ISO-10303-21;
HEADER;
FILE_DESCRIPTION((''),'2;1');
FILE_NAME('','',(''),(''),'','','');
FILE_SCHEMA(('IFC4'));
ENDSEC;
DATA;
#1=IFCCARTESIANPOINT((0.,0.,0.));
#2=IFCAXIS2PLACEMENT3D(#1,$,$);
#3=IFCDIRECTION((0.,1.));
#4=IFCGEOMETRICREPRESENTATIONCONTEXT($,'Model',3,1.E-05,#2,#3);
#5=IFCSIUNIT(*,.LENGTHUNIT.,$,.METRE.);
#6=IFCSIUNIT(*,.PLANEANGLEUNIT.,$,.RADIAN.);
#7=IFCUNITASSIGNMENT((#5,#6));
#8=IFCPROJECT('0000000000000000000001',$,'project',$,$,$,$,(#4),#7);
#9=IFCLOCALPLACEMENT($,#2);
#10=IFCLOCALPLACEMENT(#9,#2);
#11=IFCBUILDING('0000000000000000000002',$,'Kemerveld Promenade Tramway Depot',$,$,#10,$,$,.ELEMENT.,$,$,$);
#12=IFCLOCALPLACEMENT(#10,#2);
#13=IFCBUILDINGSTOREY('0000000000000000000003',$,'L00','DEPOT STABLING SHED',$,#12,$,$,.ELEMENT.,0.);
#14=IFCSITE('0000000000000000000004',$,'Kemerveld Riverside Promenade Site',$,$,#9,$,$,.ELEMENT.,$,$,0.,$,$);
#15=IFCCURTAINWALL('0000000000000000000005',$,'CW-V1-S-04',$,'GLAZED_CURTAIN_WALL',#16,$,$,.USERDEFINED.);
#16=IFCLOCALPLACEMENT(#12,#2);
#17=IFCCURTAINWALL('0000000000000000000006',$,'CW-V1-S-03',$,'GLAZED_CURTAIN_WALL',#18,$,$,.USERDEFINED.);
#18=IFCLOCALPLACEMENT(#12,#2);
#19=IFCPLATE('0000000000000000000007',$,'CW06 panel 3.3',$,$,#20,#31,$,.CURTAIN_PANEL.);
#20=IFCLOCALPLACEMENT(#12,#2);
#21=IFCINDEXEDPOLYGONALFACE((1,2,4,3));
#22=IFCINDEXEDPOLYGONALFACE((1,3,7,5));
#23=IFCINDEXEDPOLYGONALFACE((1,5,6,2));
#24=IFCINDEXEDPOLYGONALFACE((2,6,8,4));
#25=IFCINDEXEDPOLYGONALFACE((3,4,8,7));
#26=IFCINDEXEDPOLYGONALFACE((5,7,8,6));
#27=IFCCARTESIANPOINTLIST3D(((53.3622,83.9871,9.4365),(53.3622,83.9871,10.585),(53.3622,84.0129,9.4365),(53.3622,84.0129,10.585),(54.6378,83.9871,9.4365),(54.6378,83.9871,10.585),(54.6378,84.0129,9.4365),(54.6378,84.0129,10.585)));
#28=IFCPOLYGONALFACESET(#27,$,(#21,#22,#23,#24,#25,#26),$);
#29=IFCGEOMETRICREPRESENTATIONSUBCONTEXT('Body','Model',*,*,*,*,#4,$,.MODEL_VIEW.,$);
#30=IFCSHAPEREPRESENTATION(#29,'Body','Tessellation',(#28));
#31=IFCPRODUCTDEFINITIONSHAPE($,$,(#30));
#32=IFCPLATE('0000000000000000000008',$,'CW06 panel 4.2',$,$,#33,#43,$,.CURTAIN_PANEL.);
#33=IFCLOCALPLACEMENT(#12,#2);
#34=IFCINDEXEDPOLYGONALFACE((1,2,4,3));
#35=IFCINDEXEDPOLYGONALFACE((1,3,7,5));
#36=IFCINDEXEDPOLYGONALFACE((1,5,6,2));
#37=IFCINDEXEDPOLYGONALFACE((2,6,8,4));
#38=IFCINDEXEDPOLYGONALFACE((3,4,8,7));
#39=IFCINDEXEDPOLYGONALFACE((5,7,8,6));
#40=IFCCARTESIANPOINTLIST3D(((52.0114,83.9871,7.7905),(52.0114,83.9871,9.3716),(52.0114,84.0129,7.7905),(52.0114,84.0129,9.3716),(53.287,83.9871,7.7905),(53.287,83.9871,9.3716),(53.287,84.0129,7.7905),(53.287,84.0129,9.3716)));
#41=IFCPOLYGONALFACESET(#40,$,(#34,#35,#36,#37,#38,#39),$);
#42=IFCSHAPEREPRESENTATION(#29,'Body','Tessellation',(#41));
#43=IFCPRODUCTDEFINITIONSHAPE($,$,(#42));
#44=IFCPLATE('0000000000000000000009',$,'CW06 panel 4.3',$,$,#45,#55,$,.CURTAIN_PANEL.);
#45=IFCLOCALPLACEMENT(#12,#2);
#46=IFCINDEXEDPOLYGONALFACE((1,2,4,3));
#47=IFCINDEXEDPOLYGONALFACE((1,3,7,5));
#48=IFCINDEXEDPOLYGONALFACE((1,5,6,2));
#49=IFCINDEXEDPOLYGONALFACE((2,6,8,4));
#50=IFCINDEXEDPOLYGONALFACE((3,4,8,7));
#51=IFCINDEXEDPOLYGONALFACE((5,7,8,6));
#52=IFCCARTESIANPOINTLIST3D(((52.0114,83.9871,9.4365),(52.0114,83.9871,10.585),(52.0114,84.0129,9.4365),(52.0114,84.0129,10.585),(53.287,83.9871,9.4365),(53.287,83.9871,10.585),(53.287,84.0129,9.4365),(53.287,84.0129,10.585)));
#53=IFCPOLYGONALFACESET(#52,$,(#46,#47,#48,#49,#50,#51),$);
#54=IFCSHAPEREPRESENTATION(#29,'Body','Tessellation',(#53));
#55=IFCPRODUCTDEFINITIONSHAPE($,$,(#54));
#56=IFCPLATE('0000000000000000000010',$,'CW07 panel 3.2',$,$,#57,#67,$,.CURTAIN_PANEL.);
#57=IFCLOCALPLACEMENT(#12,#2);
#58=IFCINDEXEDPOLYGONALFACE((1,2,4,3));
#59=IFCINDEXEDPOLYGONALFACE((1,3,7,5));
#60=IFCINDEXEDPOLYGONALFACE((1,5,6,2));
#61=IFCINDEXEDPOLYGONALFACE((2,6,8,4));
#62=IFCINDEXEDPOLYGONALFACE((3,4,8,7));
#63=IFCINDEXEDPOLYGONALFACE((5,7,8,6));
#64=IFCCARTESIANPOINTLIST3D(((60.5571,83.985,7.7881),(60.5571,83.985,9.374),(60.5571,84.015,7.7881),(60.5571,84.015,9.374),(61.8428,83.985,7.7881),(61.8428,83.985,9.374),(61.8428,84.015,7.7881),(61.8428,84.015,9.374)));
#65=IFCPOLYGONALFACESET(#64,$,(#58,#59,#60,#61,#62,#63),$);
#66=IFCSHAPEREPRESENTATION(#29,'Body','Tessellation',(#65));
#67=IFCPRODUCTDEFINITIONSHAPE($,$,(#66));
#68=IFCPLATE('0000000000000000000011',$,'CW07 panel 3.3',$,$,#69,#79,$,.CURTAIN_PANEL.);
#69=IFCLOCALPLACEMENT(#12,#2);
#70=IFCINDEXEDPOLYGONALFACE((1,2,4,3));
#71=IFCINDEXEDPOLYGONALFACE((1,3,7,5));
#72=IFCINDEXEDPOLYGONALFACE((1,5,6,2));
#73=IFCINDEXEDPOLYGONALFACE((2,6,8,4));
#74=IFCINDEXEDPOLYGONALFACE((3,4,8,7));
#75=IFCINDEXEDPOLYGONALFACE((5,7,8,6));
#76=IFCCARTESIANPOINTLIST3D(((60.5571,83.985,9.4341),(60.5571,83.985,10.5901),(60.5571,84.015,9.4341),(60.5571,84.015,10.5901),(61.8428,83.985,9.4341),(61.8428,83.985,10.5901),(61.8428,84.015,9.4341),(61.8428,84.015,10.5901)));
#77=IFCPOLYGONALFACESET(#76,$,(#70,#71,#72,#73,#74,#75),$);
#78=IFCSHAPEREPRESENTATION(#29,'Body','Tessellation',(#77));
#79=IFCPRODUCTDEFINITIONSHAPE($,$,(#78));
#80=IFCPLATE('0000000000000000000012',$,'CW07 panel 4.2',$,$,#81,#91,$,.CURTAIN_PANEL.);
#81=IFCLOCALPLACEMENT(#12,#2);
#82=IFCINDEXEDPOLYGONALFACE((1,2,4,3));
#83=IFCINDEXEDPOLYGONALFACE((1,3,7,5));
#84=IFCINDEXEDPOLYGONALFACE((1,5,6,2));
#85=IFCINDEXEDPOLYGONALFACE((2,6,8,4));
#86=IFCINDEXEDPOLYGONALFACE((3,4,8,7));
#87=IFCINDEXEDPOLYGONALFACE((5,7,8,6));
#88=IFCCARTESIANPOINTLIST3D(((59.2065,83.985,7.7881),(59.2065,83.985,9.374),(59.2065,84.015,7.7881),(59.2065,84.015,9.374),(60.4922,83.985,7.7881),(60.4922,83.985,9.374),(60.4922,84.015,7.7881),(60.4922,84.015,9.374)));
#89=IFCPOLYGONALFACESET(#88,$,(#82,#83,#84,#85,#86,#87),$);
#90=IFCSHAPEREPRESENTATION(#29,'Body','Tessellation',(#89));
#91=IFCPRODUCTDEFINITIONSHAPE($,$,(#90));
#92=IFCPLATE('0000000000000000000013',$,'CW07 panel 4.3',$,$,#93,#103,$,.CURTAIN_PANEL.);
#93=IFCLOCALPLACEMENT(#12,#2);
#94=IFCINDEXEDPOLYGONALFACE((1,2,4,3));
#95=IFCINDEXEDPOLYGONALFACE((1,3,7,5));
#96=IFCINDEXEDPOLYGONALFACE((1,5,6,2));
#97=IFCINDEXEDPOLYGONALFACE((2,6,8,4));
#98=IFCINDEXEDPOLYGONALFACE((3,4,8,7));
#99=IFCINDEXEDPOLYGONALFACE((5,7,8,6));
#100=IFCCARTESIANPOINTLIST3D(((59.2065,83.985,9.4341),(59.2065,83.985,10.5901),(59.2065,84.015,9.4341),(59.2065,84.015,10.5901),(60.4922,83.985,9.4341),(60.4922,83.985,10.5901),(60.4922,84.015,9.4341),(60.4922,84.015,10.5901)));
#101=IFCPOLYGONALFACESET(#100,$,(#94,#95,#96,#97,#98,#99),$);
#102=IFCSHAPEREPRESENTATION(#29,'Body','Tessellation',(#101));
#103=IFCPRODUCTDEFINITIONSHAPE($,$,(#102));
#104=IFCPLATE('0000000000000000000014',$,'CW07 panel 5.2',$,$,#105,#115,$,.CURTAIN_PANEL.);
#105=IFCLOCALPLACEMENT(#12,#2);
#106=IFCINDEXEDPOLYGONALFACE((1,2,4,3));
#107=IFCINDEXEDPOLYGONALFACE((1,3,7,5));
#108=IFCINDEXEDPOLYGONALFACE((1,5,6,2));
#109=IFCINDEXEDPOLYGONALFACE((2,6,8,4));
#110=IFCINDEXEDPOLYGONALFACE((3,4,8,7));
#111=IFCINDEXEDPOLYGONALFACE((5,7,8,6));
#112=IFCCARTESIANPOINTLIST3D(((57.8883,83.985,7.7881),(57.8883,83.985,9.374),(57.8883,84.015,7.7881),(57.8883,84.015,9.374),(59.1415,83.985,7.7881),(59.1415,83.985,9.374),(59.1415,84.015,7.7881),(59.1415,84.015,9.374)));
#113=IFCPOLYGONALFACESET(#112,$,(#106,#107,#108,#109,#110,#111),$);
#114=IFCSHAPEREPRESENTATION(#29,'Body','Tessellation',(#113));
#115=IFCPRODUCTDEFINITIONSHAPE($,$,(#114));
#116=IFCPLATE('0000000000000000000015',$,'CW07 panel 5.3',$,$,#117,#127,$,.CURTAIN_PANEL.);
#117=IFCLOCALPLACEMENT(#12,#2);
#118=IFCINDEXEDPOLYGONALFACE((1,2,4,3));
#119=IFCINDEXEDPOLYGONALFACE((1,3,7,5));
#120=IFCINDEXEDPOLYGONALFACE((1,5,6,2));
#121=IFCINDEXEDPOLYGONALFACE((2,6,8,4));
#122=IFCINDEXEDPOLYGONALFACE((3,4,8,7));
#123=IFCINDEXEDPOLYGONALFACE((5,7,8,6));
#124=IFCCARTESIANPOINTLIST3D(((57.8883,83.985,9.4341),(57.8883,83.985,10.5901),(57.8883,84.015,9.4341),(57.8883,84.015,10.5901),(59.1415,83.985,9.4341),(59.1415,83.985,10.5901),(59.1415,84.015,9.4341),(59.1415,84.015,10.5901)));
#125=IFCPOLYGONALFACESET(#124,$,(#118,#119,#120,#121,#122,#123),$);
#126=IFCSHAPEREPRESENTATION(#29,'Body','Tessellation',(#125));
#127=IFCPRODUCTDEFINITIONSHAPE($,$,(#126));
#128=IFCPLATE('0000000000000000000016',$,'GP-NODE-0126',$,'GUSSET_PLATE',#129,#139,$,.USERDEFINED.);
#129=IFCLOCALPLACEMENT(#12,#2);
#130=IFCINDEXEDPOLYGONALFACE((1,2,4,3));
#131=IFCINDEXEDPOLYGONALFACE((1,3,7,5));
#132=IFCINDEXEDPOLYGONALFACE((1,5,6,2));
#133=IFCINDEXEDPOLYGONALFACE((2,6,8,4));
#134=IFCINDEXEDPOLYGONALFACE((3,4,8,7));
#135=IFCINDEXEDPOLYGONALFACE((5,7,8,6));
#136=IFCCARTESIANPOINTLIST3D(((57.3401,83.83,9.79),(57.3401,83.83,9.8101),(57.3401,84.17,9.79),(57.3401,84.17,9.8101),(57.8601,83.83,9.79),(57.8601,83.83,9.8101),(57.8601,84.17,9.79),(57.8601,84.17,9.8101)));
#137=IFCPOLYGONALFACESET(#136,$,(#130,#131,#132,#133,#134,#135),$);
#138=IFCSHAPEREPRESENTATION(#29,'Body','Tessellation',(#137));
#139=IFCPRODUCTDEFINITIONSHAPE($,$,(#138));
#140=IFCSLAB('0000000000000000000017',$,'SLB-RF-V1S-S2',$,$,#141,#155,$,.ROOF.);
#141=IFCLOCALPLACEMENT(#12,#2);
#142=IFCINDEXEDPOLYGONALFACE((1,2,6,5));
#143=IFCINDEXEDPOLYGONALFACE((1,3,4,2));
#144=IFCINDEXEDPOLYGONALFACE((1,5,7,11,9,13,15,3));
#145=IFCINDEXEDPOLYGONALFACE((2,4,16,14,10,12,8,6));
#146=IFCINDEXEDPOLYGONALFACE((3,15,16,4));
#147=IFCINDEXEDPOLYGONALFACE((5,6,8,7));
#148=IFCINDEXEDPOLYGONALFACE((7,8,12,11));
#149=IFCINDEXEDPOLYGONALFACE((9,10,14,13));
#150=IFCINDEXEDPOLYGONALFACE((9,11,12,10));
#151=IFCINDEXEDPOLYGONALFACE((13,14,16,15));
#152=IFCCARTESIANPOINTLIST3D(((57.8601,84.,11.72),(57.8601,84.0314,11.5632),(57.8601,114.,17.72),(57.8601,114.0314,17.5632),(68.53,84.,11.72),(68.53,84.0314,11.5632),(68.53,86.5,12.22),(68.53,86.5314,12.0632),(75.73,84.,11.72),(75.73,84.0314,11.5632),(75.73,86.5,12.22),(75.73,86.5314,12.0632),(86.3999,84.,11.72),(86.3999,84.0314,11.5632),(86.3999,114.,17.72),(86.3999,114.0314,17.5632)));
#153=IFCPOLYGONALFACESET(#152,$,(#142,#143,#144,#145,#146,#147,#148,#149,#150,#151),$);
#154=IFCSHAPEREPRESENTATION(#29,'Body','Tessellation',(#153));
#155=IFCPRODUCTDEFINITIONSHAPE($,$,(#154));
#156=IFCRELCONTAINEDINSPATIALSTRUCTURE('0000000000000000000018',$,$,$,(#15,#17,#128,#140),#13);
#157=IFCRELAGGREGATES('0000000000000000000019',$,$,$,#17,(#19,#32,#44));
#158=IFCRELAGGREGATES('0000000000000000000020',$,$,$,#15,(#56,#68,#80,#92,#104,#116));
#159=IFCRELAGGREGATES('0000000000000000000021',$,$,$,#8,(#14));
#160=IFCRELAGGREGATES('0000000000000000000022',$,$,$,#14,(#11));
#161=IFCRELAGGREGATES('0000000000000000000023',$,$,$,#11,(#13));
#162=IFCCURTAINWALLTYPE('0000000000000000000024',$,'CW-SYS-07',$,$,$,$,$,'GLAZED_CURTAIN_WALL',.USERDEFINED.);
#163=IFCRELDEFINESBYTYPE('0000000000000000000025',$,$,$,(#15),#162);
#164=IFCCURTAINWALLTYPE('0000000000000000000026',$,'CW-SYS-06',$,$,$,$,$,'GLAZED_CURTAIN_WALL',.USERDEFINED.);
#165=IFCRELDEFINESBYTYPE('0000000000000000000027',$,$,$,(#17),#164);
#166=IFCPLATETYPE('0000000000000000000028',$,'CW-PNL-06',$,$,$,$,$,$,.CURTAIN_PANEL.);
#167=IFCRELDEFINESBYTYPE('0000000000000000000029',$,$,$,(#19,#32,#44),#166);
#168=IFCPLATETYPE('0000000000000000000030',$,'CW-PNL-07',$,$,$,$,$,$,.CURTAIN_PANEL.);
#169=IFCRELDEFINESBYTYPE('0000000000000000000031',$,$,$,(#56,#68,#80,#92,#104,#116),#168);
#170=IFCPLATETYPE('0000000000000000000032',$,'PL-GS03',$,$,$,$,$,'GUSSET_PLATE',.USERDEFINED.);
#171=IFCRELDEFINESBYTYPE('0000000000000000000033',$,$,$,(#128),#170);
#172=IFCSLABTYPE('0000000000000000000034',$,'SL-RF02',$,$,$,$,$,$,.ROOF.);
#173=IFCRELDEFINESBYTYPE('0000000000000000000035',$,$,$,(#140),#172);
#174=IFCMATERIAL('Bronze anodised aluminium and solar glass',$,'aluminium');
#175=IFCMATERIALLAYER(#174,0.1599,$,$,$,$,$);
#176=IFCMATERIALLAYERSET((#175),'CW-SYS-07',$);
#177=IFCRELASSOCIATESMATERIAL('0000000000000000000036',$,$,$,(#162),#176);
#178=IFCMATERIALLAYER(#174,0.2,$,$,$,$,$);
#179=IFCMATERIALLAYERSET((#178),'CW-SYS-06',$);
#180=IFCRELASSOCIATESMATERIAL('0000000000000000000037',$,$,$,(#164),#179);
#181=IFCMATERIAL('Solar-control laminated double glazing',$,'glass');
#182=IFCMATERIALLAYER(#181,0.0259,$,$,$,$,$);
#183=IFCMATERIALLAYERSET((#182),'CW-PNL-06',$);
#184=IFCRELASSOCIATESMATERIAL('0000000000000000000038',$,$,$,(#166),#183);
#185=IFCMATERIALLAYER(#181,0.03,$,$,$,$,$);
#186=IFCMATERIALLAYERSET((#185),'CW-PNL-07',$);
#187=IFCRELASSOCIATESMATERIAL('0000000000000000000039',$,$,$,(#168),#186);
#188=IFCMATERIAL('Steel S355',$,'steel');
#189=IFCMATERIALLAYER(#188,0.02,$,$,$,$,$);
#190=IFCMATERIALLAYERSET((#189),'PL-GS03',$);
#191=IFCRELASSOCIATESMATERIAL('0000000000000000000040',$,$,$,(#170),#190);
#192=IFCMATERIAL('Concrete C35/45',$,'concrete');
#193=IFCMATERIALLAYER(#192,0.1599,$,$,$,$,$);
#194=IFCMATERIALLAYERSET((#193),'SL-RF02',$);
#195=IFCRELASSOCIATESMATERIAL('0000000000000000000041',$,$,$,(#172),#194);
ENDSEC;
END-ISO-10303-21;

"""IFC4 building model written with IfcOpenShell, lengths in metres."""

from ifc_helpers import new_model, si_unit, direction, frame, origin, origin_2d, place, context, subcontext, project, spatial, polyline, rectangle, outline, extrude, material, layer, layer_set, type_object, element, aggregate, save


model = new_model("IFC4")

# Units and contexts
model_context = context("Model", 3, precision=1e-05, world=origin(), true_north=direction((0.0, 1.0)))
body_context = subcontext(model_context, "Body", "Model", "MODEL_VIEW")
ifc_project = project(units=[si_unit("LENGTHUNIT", "METRE"), si_unit("PLANEANGLEUNIT", "RADIAN")], contexts=[model_context])

# Site, building, storey
site_placement = place(None, origin())
site = spatial("IfcSite", under=ifc_project, at=site_placement, Name="Kemerveld Riverside Promenade Site", CompositionType="ELEMENT", RefElevation=0.0)
building_placement = place(site_placement, origin())
building = spatial("IfcBuilding", under=site, at=building_placement, Name="Kemerveld Promenade Tramway Depot", CompositionType="ELEMENT")
storey_placement = place(building_placement, origin())
storey = spatial("IfcBuildingStorey", under=building, at=storey_placement, Name="L00", Description="DEPOT STABLING SHED", CompositionType="ELEMENT", Elevation=0.0)

# Shared definitions
ifc_material_1 = material(Name="Steel S355", Category="steel")

# Curtain walls
ifc_material_2 = material(Name="Bronze anodised aluminium and solar glass", Category="aluminium")
ifc_layer_1 = layer(ifc_material_2, 0.1599)
ifc_layer_set_1 = layer_set([ifc_layer_1], Name="CW-SYS-07")
curtain_wall_type_1 = type_object("IfcCurtainWallType", Name="CW-SYS-07", ElementType="GLAZED_CURTAIN_WALL", PredefinedType="USERDEFINED", material=ifc_layer_set_1)
curtain_wall_1_placement = place(storey_placement, origin())
curtain_wall_1 = element("IfcCurtainWall", 1, at=curtain_wall_1_placement, inside=storey, type_object=curtain_wall_type_1, Name="CW-V1-S-04", ObjectType="GLAZED_CURTAIN_WALL", PredefinedType="USERDEFINED")
ifc_layer_2 = layer(ifc_material_2, 0.2)
ifc_layer_set_2 = layer_set([ifc_layer_2], Name="CW-SYS-06")
curtain_wall_type_2 = type_object("IfcCurtainWallType", Name="CW-SYS-06", ElementType="GLAZED_CURTAIN_WALL", PredefinedType="USERDEFINED", material=ifc_layer_set_2)
curtain_wall_2_placement = place(storey_placement, origin())
curtain_wall_2 = element("IfcCurtainWall", 2, at=curtain_wall_2_placement, inside=storey, type_object=curtain_wall_type_2, Name="CW-V1-S-03", ObjectType="GLAZED_CURTAIN_WALL", PredefinedType="USERDEFINED")

# Plates
ifc_material_3 = material(Name="Solar-control laminated double glazing", Category="glass")
ifc_layer_3 = layer(ifc_material_3, 0.0259)
ifc_layer_set_3 = layer_set([ifc_layer_3], Name="CW-PNL-06")
plate_type_1 = type_object("IfcPlateType", Name="CW-PNL-06", PredefinedType="CURTAIN_PANEL", material=ifc_layer_set_3)
plate_1_placement = place(storey_placement, frame((54.0, 84.0, 9.4365), z_axis=(0.0, 0.0, 1.0), x_axis=(-1.0, 0.0, 0.0)))
plate_1 = element("IfcPlate", 3, at=plate_1_placement, type_object=plate_type_1, Name="CW06 panel 3.3", PredefinedType="CURTAIN_PANEL", context=body_context, shape_type="SweptSolid", body=[
    extrude(rectangle(XDim=1.2756, YDim=0.0259, at=origin_2d()), origin(), (0.0, 0.0, 1.0), 1.1484),
])
plate_2_placement = place(storey_placement, frame((52.6492, 84.0, 7.7905), z_axis=(0.0, 0.0, 1.0), x_axis=(-1.0, 0.0, 0.0)))
plate_2 = element("IfcPlate", 4, at=plate_2_placement, type_object=plate_type_1, Name="CW06 panel 4.2", PredefinedType="CURTAIN_PANEL", context=body_context, shape_type="SweptSolid", body=[
    extrude(rectangle(XDim=1.2756, YDim=0.0259, at=origin_2d()), origin(), (0.0, 0.0, 1.0), 1.5811),
])
plate_3_placement = place(storey_placement, frame((52.6492, 84.0, 9.4365), z_axis=(0.0, 0.0, 1.0), x_axis=(-1.0, 0.0, 0.0)))
plate_3 = element("IfcPlate", 5, at=plate_3_placement, type_object=plate_type_1, Name="CW06 panel 4.3", PredefinedType="CURTAIN_PANEL", context=body_context, shape_type="SweptSolid", body=[
    extrude(rectangle(XDim=1.2756, YDim=0.0259, at=origin_2d()), origin(), (0.0, 0.0, 1.0), 1.1484),
])
aggregate(curtain_wall_2, [plate_1, plate_2, plate_3])
ifc_layer_4 = layer(ifc_material_3, 0.03)
ifc_layer_set_4 = layer_set([ifc_layer_4], Name="CW-PNL-07")
plate_type_2 = type_object("IfcPlateType", Name="CW-PNL-07", PredefinedType="CURTAIN_PANEL", material=ifc_layer_set_4)
plate_4_placement = place(storey_placement, frame((61.2, 84.0, 7.7881), z_axis=(0.0, 0.0, 1.0), x_axis=(-1.0, 0.0, 0.0)))
plate_4 = element("IfcPlate", 6, at=plate_4_placement, type_object=plate_type_2, Name="CW07 panel 3.2", PredefinedType="CURTAIN_PANEL", context=body_context, shape_type="SweptSolid", body=[
    extrude(rectangle(XDim=1.2856, YDim=0.03, at=origin_2d()), origin(), (0.0, 0.0, 1.0), 1.5859),
])
plate_5_placement = place(storey_placement, frame((61.2, 84.0, 9.4341), z_axis=(0.0, 0.0, 1.0), x_axis=(-1.0, 0.0, 0.0)))
plate_5 = element("IfcPlate", 7, at=plate_5_placement, type_object=plate_type_2, Name="CW07 panel 3.3", PredefinedType="CURTAIN_PANEL", context=body_context, shape_type="SweptSolid", body=[
    extrude(rectangle(XDim=1.2856, YDim=0.03, at=origin_2d()), origin(), (0.0, 0.0, 1.0), 1.156),
])
plate_6_placement = place(storey_placement, frame((59.8494, 84.0, 7.7881), z_axis=(0.0, 0.0, 1.0), x_axis=(-1.0, 0.0, 0.0)))
plate_6 = element("IfcPlate", 8, at=plate_6_placement, type_object=plate_type_2, Name="CW07 panel 4.2", PredefinedType="CURTAIN_PANEL", context=body_context, shape_type="SweptSolid", body=[
    extrude(rectangle(XDim=1.2856, YDim=0.03, at=origin_2d()), origin(), (0.0, 0.0, 1.0), 1.5859),
])
plate_7_placement = place(storey_placement, frame((59.8494, 84.0, 9.4341), z_axis=(0.0, 0.0, 1.0), x_axis=(-1.0, 0.0, 0.0)))
plate_7 = element("IfcPlate", 9, at=plate_7_placement, type_object=plate_type_2, Name="CW07 panel 4.3", PredefinedType="CURTAIN_PANEL", context=body_context, shape_type="SweptSolid", body=[
    extrude(rectangle(XDim=1.2856, YDim=0.03, at=origin_2d()), origin(), (0.0, 0.0, 1.0), 1.156),
])
plate_8_placement = place(storey_placement, frame((58.5149, 84.0, 7.7881), z_axis=(0.0, 0.0, 1.0), x_axis=(-1.0, 0.0, 0.0)))
plate_8 = element("IfcPlate", 10, at=plate_8_placement, type_object=plate_type_2, Name="CW07 panel 5.2", PredefinedType="CURTAIN_PANEL", context=body_context, shape_type="SweptSolid", body=[
    extrude(rectangle(XDim=1.2532, YDim=0.03, at=origin_2d()), origin(), (0.0, 0.0, 1.0), 1.5859),
])
plate_9_placement = place(storey_placement, frame((58.5149, 84.0, 9.4341), z_axis=(0.0, 0.0, 1.0), x_axis=(-1.0, 0.0, 0.0)))
plate_9 = element("IfcPlate", 11, at=plate_9_placement, type_object=plate_type_2, Name="CW07 panel 5.3", PredefinedType="CURTAIN_PANEL", context=body_context, shape_type="SweptSolid", body=[
    extrude(rectangle(XDim=1.2532, YDim=0.03, at=origin_2d()), origin(), (0.0, 0.0, 1.0), 1.156),
])
aggregate(curtain_wall_1, [plate_4, plate_5, plate_6, plate_7, plate_8, plate_9])
ifc_layer_5 = layer(ifc_material_1, 0.02)
ifc_layer_set_5 = layer_set([ifc_layer_5], Name="PL-GS03")
plate_type_3 = type_object("IfcPlateType", Name="PL-GS03", ElementType="GUSSET_PLATE", PredefinedType="USERDEFINED", material=ifc_layer_set_5)
plate_10_placement = place(storey_placement, frame((57.6001, 84.0, 9.79), z_axis=(0.0, 0.0, 1.0), x_axis=(1.0, 0.0, 0.0)))
element("IfcPlate", 12, at=plate_10_placement, inside=storey, type_object=plate_type_3, Name="GP-NODE-0126", ObjectType="GUSSET_PLATE", PredefinedType="USERDEFINED", context=body_context, shape_type="SweptSolid", body=[
    extrude(rectangle(XDim=0.52, YDim=0.3401, at=origin_2d()), origin(), (0.0, 0.0, 1.0), 0.02),
])

# Slab
ifc_material_4 = material(Name="Concrete C35/45", Category="concrete")
ifc_layer_6 = layer(ifc_material_4, 0.1599)
ifc_layer_set_6 = layer_set([ifc_layer_6], Name="SL-RF02")
slab_type = type_object("IfcSlabType", Name="SL-RF02", PredefinedType="ROOF", material=ifc_layer_set_6)
slab_placement = place(storey_placement, frame((57.8601, 84.0, 11.72), z_axis=(0.0, -0.196116, 0.980581), x_axis=(1.0, 0.0, 0.0)))
element("IfcSlab", 13, at=slab_placement, inside=storey, type_object=slab_type, Name="SLB-RF-V1S-S2", PredefinedType="ROOF", context=body_context, shape_type="SweptSolid", body=[
    extrude(outline(polyline([(0.0, 0.0), (10.6699, 0.0), (10.6699, 2.5495), (17.8699, 2.5495), (17.8699, 0.0), (28.5398, 0.0), (28.5398, 30.5941), (0.0, 30.5941), (0.0, 0.0)])), origin(), (0.0, 0.0, -1.0), 0.1599),
])

save(model, "model.ifc")
